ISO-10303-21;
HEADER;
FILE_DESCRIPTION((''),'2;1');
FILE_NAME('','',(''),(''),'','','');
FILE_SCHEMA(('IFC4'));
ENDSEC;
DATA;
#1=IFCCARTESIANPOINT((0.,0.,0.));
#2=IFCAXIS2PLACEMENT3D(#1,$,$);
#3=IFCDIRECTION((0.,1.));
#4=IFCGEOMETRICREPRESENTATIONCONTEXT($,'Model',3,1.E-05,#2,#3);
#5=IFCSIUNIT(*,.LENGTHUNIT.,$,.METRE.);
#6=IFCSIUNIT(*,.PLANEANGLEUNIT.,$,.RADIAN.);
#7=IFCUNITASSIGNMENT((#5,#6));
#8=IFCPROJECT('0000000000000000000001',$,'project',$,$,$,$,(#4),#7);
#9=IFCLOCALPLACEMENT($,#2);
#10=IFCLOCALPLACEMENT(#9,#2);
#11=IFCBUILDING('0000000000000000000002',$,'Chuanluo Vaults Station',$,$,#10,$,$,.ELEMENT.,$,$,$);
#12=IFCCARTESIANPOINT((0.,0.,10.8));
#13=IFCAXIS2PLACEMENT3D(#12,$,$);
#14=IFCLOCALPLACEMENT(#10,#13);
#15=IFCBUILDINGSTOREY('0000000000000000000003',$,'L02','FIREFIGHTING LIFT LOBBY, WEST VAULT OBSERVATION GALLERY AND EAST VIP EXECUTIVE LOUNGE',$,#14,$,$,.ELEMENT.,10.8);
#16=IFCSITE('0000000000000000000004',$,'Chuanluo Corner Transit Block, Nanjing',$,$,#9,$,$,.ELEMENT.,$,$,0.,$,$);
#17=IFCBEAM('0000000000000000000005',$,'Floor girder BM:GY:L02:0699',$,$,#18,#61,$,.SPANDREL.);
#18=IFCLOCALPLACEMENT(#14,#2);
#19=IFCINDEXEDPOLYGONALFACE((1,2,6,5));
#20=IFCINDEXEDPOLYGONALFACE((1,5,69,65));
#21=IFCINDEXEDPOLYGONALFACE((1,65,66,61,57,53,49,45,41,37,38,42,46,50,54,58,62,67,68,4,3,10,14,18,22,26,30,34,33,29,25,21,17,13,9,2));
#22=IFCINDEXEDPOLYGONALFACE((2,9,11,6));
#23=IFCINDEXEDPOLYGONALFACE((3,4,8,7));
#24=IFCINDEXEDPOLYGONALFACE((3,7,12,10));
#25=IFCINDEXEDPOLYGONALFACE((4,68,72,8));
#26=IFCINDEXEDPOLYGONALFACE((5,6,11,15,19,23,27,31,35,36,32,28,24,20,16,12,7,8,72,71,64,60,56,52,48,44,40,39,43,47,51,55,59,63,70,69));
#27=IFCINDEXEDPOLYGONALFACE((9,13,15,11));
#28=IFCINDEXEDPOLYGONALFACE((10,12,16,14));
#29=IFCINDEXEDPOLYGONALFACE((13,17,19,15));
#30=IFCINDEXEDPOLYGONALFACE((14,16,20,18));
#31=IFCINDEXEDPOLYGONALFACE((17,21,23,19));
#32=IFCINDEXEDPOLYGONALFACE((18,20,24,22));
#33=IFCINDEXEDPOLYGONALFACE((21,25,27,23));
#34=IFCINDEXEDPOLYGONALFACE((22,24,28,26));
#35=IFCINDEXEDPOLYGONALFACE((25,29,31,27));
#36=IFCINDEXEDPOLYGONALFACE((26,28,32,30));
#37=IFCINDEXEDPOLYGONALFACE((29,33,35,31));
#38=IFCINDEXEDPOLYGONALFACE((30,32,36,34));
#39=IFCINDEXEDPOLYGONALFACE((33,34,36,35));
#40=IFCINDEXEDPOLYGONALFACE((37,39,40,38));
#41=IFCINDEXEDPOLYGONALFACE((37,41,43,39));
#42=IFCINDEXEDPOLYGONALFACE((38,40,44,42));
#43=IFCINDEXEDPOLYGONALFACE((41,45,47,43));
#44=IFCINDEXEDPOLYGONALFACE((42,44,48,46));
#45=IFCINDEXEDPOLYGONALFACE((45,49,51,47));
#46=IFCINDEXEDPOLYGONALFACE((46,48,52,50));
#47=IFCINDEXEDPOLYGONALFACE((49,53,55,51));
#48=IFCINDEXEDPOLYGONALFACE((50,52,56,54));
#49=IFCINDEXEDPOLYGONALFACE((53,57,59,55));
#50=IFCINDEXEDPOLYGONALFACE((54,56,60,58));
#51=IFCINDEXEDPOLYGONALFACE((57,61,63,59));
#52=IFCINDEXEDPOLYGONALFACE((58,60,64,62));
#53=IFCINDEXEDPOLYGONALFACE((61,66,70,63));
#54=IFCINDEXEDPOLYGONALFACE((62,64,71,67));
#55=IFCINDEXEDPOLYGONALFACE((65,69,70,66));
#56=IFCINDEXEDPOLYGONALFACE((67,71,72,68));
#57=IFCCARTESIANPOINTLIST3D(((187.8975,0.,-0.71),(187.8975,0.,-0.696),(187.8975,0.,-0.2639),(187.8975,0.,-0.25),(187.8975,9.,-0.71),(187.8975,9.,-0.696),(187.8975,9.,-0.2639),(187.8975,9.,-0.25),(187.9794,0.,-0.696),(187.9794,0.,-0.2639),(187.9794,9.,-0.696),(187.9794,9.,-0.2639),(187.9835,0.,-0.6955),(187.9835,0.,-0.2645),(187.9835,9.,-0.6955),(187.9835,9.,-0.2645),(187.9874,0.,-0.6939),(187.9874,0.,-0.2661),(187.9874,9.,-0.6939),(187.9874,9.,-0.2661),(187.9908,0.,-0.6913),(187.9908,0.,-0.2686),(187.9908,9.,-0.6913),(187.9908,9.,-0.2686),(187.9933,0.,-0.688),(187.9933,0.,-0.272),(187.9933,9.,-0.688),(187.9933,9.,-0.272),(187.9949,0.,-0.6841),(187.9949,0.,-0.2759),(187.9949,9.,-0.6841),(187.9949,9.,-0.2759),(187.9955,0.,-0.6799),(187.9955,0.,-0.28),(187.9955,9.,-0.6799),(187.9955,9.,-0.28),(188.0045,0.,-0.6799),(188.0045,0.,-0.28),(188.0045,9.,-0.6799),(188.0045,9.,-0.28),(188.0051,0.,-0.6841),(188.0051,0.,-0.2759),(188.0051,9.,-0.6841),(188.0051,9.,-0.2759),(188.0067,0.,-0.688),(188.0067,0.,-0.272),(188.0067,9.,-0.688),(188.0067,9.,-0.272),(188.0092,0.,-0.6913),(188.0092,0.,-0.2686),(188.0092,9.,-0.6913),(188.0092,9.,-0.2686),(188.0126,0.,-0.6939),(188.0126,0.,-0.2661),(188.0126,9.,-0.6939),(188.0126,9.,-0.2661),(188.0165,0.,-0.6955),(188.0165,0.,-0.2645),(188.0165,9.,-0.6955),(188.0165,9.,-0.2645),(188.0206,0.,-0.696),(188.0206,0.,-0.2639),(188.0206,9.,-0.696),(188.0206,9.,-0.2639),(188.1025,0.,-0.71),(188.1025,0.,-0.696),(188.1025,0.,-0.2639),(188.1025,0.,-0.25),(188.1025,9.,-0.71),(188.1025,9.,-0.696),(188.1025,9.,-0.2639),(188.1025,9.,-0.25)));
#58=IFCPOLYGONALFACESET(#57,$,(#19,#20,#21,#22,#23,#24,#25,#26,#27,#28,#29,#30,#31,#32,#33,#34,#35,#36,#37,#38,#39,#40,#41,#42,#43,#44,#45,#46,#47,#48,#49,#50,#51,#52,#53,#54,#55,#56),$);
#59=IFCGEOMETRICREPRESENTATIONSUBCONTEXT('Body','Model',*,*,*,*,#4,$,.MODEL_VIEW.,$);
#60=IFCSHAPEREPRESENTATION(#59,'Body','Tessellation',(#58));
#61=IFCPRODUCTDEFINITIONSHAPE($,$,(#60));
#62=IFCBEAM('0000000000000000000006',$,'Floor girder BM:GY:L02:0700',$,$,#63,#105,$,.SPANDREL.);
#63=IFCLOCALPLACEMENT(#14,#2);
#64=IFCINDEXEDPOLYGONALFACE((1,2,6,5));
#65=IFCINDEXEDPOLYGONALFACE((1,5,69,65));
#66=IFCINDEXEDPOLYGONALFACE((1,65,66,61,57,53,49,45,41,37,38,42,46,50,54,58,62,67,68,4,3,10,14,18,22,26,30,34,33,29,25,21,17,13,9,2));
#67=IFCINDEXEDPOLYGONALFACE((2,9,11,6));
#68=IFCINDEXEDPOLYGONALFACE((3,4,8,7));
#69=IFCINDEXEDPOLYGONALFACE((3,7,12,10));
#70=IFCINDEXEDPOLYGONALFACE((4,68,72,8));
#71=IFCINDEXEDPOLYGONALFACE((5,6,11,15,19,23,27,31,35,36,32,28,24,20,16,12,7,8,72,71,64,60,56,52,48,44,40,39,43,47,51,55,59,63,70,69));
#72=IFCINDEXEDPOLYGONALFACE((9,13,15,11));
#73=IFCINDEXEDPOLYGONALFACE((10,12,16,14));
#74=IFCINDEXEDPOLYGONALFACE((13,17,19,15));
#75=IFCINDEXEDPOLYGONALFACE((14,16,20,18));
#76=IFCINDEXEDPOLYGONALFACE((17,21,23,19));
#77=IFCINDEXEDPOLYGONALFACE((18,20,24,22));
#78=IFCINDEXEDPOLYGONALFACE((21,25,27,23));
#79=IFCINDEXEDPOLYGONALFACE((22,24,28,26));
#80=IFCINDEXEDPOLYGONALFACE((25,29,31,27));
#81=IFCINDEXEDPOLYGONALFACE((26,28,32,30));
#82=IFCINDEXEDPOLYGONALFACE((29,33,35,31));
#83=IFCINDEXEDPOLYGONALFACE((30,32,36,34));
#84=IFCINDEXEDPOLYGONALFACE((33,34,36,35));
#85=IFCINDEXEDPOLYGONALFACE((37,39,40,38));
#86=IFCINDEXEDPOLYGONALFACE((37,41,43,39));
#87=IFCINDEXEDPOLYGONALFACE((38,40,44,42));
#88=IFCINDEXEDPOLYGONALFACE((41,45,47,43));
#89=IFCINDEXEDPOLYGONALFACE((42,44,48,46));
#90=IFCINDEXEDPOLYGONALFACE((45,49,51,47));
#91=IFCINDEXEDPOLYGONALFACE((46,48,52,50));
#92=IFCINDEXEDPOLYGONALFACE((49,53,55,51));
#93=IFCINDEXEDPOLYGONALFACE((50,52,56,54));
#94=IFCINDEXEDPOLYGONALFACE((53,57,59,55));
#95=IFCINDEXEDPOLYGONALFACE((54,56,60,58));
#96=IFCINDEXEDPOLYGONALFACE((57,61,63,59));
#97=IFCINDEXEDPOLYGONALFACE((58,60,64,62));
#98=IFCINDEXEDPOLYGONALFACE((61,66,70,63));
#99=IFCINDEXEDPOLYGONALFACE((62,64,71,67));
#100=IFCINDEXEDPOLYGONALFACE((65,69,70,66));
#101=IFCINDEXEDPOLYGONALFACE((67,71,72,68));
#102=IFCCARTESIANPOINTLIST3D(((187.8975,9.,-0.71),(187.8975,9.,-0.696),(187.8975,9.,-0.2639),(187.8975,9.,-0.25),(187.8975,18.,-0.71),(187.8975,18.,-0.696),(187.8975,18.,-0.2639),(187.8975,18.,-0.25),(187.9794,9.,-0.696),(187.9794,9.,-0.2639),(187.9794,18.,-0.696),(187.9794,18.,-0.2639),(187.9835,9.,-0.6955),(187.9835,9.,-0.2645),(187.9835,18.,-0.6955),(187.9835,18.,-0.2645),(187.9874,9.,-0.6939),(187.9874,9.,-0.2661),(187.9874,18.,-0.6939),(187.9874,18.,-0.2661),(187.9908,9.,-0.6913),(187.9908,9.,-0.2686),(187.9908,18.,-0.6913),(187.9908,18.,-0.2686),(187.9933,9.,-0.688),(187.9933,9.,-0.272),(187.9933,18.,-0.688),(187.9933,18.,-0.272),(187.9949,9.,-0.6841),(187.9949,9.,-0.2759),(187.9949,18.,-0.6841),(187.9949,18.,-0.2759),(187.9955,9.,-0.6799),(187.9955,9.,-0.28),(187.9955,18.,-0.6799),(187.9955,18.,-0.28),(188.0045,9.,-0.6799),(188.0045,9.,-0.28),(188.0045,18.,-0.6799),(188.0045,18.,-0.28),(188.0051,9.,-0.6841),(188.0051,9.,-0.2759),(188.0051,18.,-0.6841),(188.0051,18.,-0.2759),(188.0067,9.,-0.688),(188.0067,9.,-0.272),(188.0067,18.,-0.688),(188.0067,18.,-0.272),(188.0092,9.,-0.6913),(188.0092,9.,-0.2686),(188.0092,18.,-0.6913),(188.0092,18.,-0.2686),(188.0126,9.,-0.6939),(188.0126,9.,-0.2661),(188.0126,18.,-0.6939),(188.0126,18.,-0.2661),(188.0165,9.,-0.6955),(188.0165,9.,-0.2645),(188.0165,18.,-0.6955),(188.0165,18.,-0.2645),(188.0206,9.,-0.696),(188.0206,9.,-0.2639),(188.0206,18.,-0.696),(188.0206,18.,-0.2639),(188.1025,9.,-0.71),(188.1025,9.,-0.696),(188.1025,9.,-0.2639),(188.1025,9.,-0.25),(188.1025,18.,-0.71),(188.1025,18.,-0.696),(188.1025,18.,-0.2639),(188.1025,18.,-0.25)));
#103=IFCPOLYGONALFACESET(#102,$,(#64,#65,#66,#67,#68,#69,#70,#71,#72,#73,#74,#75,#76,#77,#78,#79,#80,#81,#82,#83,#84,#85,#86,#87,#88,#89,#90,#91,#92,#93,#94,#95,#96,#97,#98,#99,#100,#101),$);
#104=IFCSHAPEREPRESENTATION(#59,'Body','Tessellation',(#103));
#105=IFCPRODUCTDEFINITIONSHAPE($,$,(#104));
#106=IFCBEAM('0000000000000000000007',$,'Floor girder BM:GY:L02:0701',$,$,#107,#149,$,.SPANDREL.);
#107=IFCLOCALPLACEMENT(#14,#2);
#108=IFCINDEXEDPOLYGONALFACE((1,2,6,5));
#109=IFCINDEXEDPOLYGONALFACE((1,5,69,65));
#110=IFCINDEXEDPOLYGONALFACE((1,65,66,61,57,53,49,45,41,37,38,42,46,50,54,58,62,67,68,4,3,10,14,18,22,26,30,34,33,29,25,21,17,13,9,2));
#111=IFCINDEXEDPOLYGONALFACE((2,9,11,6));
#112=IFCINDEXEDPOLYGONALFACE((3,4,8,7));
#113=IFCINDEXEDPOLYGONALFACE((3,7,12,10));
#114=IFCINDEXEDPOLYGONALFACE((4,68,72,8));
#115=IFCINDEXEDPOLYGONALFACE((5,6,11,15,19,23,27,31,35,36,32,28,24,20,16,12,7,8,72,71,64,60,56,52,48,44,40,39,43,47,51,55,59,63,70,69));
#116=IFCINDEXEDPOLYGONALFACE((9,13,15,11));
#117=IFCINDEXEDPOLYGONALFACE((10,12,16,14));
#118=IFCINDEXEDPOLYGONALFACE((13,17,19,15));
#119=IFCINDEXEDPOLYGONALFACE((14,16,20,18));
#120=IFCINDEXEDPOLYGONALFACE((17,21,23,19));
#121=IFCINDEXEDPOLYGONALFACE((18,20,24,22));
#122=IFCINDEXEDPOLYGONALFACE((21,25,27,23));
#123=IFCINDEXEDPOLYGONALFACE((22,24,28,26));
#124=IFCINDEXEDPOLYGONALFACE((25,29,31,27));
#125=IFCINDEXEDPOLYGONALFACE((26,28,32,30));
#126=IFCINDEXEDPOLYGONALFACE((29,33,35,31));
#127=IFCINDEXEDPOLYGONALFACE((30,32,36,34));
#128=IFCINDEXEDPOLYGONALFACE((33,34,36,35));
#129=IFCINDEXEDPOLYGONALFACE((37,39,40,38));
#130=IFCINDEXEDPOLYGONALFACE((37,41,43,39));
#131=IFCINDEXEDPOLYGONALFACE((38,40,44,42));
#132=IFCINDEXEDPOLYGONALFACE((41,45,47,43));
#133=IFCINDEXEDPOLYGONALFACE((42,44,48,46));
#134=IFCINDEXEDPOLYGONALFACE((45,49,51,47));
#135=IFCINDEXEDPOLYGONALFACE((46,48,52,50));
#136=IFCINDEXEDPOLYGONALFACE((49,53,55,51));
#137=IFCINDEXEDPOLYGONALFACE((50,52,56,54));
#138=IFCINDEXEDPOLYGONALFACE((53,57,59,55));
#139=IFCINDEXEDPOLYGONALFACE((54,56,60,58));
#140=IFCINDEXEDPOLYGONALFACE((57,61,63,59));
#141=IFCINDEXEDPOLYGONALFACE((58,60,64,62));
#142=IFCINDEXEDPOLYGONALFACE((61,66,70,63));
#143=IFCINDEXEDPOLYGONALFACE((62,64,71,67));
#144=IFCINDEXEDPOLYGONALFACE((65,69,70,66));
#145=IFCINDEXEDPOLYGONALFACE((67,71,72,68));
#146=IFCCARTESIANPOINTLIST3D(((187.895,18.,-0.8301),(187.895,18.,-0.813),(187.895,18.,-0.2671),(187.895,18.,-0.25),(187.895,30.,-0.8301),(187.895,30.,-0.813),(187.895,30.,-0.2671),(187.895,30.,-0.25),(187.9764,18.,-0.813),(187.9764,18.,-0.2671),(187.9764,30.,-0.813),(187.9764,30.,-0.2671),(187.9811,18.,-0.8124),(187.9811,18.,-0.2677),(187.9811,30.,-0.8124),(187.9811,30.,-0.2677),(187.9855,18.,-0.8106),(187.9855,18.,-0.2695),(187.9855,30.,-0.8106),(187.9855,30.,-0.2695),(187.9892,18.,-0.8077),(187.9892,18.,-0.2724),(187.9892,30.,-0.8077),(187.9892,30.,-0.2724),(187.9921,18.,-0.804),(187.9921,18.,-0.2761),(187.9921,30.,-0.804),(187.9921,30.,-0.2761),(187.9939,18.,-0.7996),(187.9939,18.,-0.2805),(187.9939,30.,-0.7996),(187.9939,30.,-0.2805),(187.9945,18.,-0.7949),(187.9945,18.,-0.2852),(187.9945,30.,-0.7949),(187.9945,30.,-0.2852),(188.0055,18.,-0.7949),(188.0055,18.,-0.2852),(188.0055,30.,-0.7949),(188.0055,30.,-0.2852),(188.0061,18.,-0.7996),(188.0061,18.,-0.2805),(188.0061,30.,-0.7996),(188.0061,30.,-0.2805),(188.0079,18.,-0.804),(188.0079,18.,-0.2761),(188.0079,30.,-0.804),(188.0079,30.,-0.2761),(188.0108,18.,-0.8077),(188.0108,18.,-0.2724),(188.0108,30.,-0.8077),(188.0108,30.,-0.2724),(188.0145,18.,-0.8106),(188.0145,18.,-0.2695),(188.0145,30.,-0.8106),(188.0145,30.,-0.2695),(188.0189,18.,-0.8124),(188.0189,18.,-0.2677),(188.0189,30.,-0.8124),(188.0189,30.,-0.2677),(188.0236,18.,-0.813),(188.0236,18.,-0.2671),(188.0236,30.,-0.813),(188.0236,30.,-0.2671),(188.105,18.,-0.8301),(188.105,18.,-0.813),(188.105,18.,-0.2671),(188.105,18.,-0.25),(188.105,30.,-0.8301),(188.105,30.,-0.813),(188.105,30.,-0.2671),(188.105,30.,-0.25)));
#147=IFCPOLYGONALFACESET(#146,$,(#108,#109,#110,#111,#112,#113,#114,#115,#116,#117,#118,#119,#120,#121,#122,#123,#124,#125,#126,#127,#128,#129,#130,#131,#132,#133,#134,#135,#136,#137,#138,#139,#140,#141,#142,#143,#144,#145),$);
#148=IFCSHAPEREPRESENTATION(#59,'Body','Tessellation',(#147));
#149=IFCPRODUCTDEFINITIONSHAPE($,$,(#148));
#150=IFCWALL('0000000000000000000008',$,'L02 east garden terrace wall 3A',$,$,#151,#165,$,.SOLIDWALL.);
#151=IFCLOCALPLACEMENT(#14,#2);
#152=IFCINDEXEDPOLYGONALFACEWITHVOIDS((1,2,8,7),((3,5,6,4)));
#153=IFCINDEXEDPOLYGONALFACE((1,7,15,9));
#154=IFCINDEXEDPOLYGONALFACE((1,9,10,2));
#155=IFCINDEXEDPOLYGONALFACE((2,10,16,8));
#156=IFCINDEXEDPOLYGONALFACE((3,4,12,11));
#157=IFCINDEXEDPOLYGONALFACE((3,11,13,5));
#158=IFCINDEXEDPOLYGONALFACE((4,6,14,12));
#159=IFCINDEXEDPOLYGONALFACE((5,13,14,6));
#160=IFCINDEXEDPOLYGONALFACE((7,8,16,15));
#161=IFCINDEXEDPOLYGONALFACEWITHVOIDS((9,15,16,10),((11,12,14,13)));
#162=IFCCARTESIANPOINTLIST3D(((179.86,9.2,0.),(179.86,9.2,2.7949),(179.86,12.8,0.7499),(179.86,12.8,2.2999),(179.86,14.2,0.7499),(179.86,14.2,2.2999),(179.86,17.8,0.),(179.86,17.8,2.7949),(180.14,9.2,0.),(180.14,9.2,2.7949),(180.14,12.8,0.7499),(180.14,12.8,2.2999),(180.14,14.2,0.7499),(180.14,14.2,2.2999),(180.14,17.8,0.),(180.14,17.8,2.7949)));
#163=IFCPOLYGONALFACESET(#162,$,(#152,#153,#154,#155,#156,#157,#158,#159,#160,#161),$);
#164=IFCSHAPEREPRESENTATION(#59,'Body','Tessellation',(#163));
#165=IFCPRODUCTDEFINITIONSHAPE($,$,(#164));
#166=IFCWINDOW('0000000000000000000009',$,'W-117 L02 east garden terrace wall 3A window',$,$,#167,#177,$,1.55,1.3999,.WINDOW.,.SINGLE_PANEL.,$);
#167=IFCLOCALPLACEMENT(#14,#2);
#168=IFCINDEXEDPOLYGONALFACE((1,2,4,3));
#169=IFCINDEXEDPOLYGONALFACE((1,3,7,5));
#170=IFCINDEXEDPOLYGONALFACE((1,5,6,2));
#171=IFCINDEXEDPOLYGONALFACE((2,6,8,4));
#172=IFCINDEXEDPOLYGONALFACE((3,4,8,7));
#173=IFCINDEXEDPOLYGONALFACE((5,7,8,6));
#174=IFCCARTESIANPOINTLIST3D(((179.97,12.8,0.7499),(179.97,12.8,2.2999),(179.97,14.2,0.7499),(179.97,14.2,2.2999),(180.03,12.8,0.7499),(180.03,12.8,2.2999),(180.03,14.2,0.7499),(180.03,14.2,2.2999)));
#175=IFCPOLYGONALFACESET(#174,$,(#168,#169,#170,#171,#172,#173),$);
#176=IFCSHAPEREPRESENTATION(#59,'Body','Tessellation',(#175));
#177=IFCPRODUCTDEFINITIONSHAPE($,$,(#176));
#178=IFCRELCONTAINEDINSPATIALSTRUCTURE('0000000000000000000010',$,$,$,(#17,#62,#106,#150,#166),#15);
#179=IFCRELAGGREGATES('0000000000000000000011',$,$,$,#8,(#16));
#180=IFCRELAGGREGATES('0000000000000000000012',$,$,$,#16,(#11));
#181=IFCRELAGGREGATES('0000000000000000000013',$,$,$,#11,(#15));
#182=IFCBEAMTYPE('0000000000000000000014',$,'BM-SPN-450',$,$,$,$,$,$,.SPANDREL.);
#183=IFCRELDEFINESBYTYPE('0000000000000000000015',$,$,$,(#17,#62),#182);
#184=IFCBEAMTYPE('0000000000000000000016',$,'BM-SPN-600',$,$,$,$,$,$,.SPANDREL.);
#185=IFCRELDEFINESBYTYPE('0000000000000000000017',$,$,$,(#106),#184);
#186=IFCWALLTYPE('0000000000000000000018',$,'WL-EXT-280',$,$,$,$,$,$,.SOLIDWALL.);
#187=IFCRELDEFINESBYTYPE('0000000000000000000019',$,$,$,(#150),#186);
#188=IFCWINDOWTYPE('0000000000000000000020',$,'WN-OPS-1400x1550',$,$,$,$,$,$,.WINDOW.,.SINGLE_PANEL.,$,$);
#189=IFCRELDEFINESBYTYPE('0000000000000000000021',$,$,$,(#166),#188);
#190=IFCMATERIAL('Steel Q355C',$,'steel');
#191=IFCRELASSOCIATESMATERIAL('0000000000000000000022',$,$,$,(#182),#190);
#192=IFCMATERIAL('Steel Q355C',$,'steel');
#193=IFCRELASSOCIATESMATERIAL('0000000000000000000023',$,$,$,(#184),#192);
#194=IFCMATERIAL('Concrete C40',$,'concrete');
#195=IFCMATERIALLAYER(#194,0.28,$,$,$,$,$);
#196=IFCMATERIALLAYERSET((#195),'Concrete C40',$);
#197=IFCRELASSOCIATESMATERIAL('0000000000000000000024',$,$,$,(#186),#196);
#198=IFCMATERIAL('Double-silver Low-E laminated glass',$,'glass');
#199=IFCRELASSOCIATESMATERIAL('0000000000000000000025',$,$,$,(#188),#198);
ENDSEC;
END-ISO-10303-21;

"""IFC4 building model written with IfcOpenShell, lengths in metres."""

from ifc_helpers import new_model, si_unit, direction, frame, frame_2d, origin, origin_2d, place, context, subcontext, project, spatial, rectangle, i_section, extrude, material, layer, layer_set, material_profile, profile_set, type_object, element, fill, save


model = new_model("IFC4")

# Units and contexts
model_context = context("Model", 3, precision=1e-05, world=origin(), true_north=direction((0.0, 1.0)))
body_context = subcontext(model_context, "Body", "Model", "MODEL_VIEW")
ifc_project = project(units=[si_unit("LENGTHUNIT", "METRE"), si_unit("PLANEANGLEUNIT", "RADIAN")], contexts=[model_context])

# Site, building, storey
site_placement = place(None, origin())
site = spatial("IfcSite", under=ifc_project, at=site_placement, Name="Chuanluo Corner Transit Block, Nanjing", CompositionType="ELEMENT", RefElevation=0.0)
building_placement = place(site_placement, origin())
building = spatial("IfcBuilding", under=site, at=building_placement, Name="Chuanluo Vaults Station", CompositionType="ELEMENT")
storey_placement = place(building_placement, frame((0.0, 0.0, 10.8)))
storey = spatial("IfcBuildingStorey", under=building, at=storey_placement, Name="L02", Description="FIREFIGHTING LIFT LOBBY, WEST VAULT OBSERVATION GALLERY AND EAST VIP EXECUTIVE LOUNGE", CompositionType="ELEMENT", Elevation=10.8)

# Beams
ifc_material_1 = material(Name="Steel Q355C", Category="steel")
ifc_material_profile_1 = material_profile(ifc_material_1, i_section(OverallWidth=0.2051, OverallDepth=0.46, WebThickness=0.009, FlangeThickness=0.0139, FilletRadius=0.0161, at=origin_2d()))
ifc_profile_set_1 = profile_set([ifc_material_profile_1], Name="Steel Q355C")
beam_type_1 = type_object("IfcBeamType", Name="BM-SPN-450", PredefinedType="SPANDREL", material=ifc_profile_set_1)
for number, where, z_axis, x_axis, name in (
    (1, (188.0, 0.0, -0.48), (0.0, 1.0, 0.0), (-1.0, 0.0, 0.0), "Floor girder BM:GY:L02:0699"),
    (2, (188.0, 9.0, -0.48), (0.0, 1.0, 0.0), (-1.0, 0.0, 0.0), "Floor girder BM:GY:L02:0700"),
):
    element("IfcBeam", number, at=place(storey_placement, frame(where, z_axis=z_axis, x_axis=x_axis)), inside=storey, type_object=beam_type_1, Name=name, PredefinedType="SPANDREL", context=body_context, shape_type="SweptSolid", body=[
        extrude(i_section(OverallWidth=0.2051, OverallDepth=0.46, WebThickness=0.009, FlangeThickness=0.0139, FilletRadius=0.0161, at=origin_2d()), origin(), (0.0, 0.0, 1.0), 9.0),
    ])
ifc_material_2 = material(Name="Steel Q355C", Category="steel")
ifc_material_profile_2 = material_profile(ifc_material_2, i_section(OverallWidth=0.21, OverallDepth=0.5801, WebThickness=0.011, FlangeThickness=0.0171, FilletRadius=0.0181, at=origin_2d()))
ifc_profile_set_2 = profile_set([ifc_material_profile_2], Name="Steel Q355C")
beam_type_2 = type_object("IfcBeamType", Name="BM-SPN-600", PredefinedType="SPANDREL", material=ifc_profile_set_2)
beam_1_placement = place(storey_placement, frame((188.0, 18.0, -0.54), z_axis=(0.0, 1.0, 0.0), x_axis=(-1.0, 0.0, 0.0)))
element("IfcBeam", 3, at=beam_1_placement, inside=storey, type_object=beam_type_2, Name="Floor girder BM:GY:L02:0701", PredefinedType="SPANDREL", context=body_context, shape_type="SweptSolid", body=[
    extrude(i_section(OverallWidth=0.21, OverallDepth=0.5801, WebThickness=0.011, FlangeThickness=0.0171, FilletRadius=0.0181, at=origin_2d()), origin(), (0.0, 0.0, 1.0), 12.0),
])

# Wall, opening, window
ifc_material_3 = material(Name="Concrete C40", Category="concrete")
ifc_layer_1 = layer(ifc_material_3, 0.28)
ifc_layer_set_1 = layer_set([ifc_layer_1], Name="Concrete C40")
wall_type_1 = type_object("IfcWallType", Name="WL-EXT-280", PredefinedType="SOLIDWALL", material=ifc_layer_set_1)
wall_1_placement = place(storey_placement, frame((180.0, 17.8, 0.0), z_axis=(0.0, 0.0, 1.0), x_axis=(0.0, -1.0, 0.0)))
wall_1 = element("IfcWall", 4, at=wall_1_placement, inside=storey, type_object=wall_type_1, Name="L02 east garden terrace wall 3A", PredefinedType="SOLIDWALL", context=body_context, shape_type="SweptSolid", body=[
    extrude(rectangle(XDim=8.6001, YDim=0.28, at=frame_2d((4.3, 0.0))), origin(), (0.0, 0.0, 1.0), 2.7949),
])
opening_1_placement = place(wall_1_placement, frame((3.6001, 0.0, 0.75)))
opening_1 = element("IfcOpeningElement", 5, at=opening_1_placement, cuts=wall_1, PredefinedType="OPENING", context=body_context, shape_type="SweptSolid", body=[
    extrude(rectangle(XDim=1.3999, YDim=1.55, at=frame_2d((0.7, 0.7749))), frame((0.0, 0.1501, 0.0), z_axis=(0.0, -1.0, 0.0), x_axis=(1.0, 0.0, 0.0)), (0.0, 0.0, 1.0), 0.3),
])
ifc_material_4 = material(Name="Double-silver Low-E laminated glass", Category="glass")
window_type = type_object("IfcWindowType", Name="WN-OPS-1400x1550", PartitioningType="SINGLE_PANEL", PredefinedType="WINDOW", material=ifc_material_4)
window_placement = place(opening_1_placement, origin())
window = element("IfcWindow", 6, at=window_placement, inside=storey, type_object=window_type, Name="W-117 L02 east garden terrace wall 3A window", OverallHeight=1.55, OverallWidth=1.3999, PartitioningType="SINGLE_PANEL", PredefinedType="WINDOW", context=body_context, shape_type="SweptSolid", body=[
    extrude(rectangle(XDim=1.3999, YDim=1.55, at=frame_2d((0.7, 0.7749))), frame((0.0, 0.03, 0.0), z_axis=(0.0, -1.0, 0.0), x_axis=(1.0, 0.0, 0.0)), (0.0, 0.0, 1.0), 0.0601),
])
fill(opening_1, window)

save(model, "model.ifc")
